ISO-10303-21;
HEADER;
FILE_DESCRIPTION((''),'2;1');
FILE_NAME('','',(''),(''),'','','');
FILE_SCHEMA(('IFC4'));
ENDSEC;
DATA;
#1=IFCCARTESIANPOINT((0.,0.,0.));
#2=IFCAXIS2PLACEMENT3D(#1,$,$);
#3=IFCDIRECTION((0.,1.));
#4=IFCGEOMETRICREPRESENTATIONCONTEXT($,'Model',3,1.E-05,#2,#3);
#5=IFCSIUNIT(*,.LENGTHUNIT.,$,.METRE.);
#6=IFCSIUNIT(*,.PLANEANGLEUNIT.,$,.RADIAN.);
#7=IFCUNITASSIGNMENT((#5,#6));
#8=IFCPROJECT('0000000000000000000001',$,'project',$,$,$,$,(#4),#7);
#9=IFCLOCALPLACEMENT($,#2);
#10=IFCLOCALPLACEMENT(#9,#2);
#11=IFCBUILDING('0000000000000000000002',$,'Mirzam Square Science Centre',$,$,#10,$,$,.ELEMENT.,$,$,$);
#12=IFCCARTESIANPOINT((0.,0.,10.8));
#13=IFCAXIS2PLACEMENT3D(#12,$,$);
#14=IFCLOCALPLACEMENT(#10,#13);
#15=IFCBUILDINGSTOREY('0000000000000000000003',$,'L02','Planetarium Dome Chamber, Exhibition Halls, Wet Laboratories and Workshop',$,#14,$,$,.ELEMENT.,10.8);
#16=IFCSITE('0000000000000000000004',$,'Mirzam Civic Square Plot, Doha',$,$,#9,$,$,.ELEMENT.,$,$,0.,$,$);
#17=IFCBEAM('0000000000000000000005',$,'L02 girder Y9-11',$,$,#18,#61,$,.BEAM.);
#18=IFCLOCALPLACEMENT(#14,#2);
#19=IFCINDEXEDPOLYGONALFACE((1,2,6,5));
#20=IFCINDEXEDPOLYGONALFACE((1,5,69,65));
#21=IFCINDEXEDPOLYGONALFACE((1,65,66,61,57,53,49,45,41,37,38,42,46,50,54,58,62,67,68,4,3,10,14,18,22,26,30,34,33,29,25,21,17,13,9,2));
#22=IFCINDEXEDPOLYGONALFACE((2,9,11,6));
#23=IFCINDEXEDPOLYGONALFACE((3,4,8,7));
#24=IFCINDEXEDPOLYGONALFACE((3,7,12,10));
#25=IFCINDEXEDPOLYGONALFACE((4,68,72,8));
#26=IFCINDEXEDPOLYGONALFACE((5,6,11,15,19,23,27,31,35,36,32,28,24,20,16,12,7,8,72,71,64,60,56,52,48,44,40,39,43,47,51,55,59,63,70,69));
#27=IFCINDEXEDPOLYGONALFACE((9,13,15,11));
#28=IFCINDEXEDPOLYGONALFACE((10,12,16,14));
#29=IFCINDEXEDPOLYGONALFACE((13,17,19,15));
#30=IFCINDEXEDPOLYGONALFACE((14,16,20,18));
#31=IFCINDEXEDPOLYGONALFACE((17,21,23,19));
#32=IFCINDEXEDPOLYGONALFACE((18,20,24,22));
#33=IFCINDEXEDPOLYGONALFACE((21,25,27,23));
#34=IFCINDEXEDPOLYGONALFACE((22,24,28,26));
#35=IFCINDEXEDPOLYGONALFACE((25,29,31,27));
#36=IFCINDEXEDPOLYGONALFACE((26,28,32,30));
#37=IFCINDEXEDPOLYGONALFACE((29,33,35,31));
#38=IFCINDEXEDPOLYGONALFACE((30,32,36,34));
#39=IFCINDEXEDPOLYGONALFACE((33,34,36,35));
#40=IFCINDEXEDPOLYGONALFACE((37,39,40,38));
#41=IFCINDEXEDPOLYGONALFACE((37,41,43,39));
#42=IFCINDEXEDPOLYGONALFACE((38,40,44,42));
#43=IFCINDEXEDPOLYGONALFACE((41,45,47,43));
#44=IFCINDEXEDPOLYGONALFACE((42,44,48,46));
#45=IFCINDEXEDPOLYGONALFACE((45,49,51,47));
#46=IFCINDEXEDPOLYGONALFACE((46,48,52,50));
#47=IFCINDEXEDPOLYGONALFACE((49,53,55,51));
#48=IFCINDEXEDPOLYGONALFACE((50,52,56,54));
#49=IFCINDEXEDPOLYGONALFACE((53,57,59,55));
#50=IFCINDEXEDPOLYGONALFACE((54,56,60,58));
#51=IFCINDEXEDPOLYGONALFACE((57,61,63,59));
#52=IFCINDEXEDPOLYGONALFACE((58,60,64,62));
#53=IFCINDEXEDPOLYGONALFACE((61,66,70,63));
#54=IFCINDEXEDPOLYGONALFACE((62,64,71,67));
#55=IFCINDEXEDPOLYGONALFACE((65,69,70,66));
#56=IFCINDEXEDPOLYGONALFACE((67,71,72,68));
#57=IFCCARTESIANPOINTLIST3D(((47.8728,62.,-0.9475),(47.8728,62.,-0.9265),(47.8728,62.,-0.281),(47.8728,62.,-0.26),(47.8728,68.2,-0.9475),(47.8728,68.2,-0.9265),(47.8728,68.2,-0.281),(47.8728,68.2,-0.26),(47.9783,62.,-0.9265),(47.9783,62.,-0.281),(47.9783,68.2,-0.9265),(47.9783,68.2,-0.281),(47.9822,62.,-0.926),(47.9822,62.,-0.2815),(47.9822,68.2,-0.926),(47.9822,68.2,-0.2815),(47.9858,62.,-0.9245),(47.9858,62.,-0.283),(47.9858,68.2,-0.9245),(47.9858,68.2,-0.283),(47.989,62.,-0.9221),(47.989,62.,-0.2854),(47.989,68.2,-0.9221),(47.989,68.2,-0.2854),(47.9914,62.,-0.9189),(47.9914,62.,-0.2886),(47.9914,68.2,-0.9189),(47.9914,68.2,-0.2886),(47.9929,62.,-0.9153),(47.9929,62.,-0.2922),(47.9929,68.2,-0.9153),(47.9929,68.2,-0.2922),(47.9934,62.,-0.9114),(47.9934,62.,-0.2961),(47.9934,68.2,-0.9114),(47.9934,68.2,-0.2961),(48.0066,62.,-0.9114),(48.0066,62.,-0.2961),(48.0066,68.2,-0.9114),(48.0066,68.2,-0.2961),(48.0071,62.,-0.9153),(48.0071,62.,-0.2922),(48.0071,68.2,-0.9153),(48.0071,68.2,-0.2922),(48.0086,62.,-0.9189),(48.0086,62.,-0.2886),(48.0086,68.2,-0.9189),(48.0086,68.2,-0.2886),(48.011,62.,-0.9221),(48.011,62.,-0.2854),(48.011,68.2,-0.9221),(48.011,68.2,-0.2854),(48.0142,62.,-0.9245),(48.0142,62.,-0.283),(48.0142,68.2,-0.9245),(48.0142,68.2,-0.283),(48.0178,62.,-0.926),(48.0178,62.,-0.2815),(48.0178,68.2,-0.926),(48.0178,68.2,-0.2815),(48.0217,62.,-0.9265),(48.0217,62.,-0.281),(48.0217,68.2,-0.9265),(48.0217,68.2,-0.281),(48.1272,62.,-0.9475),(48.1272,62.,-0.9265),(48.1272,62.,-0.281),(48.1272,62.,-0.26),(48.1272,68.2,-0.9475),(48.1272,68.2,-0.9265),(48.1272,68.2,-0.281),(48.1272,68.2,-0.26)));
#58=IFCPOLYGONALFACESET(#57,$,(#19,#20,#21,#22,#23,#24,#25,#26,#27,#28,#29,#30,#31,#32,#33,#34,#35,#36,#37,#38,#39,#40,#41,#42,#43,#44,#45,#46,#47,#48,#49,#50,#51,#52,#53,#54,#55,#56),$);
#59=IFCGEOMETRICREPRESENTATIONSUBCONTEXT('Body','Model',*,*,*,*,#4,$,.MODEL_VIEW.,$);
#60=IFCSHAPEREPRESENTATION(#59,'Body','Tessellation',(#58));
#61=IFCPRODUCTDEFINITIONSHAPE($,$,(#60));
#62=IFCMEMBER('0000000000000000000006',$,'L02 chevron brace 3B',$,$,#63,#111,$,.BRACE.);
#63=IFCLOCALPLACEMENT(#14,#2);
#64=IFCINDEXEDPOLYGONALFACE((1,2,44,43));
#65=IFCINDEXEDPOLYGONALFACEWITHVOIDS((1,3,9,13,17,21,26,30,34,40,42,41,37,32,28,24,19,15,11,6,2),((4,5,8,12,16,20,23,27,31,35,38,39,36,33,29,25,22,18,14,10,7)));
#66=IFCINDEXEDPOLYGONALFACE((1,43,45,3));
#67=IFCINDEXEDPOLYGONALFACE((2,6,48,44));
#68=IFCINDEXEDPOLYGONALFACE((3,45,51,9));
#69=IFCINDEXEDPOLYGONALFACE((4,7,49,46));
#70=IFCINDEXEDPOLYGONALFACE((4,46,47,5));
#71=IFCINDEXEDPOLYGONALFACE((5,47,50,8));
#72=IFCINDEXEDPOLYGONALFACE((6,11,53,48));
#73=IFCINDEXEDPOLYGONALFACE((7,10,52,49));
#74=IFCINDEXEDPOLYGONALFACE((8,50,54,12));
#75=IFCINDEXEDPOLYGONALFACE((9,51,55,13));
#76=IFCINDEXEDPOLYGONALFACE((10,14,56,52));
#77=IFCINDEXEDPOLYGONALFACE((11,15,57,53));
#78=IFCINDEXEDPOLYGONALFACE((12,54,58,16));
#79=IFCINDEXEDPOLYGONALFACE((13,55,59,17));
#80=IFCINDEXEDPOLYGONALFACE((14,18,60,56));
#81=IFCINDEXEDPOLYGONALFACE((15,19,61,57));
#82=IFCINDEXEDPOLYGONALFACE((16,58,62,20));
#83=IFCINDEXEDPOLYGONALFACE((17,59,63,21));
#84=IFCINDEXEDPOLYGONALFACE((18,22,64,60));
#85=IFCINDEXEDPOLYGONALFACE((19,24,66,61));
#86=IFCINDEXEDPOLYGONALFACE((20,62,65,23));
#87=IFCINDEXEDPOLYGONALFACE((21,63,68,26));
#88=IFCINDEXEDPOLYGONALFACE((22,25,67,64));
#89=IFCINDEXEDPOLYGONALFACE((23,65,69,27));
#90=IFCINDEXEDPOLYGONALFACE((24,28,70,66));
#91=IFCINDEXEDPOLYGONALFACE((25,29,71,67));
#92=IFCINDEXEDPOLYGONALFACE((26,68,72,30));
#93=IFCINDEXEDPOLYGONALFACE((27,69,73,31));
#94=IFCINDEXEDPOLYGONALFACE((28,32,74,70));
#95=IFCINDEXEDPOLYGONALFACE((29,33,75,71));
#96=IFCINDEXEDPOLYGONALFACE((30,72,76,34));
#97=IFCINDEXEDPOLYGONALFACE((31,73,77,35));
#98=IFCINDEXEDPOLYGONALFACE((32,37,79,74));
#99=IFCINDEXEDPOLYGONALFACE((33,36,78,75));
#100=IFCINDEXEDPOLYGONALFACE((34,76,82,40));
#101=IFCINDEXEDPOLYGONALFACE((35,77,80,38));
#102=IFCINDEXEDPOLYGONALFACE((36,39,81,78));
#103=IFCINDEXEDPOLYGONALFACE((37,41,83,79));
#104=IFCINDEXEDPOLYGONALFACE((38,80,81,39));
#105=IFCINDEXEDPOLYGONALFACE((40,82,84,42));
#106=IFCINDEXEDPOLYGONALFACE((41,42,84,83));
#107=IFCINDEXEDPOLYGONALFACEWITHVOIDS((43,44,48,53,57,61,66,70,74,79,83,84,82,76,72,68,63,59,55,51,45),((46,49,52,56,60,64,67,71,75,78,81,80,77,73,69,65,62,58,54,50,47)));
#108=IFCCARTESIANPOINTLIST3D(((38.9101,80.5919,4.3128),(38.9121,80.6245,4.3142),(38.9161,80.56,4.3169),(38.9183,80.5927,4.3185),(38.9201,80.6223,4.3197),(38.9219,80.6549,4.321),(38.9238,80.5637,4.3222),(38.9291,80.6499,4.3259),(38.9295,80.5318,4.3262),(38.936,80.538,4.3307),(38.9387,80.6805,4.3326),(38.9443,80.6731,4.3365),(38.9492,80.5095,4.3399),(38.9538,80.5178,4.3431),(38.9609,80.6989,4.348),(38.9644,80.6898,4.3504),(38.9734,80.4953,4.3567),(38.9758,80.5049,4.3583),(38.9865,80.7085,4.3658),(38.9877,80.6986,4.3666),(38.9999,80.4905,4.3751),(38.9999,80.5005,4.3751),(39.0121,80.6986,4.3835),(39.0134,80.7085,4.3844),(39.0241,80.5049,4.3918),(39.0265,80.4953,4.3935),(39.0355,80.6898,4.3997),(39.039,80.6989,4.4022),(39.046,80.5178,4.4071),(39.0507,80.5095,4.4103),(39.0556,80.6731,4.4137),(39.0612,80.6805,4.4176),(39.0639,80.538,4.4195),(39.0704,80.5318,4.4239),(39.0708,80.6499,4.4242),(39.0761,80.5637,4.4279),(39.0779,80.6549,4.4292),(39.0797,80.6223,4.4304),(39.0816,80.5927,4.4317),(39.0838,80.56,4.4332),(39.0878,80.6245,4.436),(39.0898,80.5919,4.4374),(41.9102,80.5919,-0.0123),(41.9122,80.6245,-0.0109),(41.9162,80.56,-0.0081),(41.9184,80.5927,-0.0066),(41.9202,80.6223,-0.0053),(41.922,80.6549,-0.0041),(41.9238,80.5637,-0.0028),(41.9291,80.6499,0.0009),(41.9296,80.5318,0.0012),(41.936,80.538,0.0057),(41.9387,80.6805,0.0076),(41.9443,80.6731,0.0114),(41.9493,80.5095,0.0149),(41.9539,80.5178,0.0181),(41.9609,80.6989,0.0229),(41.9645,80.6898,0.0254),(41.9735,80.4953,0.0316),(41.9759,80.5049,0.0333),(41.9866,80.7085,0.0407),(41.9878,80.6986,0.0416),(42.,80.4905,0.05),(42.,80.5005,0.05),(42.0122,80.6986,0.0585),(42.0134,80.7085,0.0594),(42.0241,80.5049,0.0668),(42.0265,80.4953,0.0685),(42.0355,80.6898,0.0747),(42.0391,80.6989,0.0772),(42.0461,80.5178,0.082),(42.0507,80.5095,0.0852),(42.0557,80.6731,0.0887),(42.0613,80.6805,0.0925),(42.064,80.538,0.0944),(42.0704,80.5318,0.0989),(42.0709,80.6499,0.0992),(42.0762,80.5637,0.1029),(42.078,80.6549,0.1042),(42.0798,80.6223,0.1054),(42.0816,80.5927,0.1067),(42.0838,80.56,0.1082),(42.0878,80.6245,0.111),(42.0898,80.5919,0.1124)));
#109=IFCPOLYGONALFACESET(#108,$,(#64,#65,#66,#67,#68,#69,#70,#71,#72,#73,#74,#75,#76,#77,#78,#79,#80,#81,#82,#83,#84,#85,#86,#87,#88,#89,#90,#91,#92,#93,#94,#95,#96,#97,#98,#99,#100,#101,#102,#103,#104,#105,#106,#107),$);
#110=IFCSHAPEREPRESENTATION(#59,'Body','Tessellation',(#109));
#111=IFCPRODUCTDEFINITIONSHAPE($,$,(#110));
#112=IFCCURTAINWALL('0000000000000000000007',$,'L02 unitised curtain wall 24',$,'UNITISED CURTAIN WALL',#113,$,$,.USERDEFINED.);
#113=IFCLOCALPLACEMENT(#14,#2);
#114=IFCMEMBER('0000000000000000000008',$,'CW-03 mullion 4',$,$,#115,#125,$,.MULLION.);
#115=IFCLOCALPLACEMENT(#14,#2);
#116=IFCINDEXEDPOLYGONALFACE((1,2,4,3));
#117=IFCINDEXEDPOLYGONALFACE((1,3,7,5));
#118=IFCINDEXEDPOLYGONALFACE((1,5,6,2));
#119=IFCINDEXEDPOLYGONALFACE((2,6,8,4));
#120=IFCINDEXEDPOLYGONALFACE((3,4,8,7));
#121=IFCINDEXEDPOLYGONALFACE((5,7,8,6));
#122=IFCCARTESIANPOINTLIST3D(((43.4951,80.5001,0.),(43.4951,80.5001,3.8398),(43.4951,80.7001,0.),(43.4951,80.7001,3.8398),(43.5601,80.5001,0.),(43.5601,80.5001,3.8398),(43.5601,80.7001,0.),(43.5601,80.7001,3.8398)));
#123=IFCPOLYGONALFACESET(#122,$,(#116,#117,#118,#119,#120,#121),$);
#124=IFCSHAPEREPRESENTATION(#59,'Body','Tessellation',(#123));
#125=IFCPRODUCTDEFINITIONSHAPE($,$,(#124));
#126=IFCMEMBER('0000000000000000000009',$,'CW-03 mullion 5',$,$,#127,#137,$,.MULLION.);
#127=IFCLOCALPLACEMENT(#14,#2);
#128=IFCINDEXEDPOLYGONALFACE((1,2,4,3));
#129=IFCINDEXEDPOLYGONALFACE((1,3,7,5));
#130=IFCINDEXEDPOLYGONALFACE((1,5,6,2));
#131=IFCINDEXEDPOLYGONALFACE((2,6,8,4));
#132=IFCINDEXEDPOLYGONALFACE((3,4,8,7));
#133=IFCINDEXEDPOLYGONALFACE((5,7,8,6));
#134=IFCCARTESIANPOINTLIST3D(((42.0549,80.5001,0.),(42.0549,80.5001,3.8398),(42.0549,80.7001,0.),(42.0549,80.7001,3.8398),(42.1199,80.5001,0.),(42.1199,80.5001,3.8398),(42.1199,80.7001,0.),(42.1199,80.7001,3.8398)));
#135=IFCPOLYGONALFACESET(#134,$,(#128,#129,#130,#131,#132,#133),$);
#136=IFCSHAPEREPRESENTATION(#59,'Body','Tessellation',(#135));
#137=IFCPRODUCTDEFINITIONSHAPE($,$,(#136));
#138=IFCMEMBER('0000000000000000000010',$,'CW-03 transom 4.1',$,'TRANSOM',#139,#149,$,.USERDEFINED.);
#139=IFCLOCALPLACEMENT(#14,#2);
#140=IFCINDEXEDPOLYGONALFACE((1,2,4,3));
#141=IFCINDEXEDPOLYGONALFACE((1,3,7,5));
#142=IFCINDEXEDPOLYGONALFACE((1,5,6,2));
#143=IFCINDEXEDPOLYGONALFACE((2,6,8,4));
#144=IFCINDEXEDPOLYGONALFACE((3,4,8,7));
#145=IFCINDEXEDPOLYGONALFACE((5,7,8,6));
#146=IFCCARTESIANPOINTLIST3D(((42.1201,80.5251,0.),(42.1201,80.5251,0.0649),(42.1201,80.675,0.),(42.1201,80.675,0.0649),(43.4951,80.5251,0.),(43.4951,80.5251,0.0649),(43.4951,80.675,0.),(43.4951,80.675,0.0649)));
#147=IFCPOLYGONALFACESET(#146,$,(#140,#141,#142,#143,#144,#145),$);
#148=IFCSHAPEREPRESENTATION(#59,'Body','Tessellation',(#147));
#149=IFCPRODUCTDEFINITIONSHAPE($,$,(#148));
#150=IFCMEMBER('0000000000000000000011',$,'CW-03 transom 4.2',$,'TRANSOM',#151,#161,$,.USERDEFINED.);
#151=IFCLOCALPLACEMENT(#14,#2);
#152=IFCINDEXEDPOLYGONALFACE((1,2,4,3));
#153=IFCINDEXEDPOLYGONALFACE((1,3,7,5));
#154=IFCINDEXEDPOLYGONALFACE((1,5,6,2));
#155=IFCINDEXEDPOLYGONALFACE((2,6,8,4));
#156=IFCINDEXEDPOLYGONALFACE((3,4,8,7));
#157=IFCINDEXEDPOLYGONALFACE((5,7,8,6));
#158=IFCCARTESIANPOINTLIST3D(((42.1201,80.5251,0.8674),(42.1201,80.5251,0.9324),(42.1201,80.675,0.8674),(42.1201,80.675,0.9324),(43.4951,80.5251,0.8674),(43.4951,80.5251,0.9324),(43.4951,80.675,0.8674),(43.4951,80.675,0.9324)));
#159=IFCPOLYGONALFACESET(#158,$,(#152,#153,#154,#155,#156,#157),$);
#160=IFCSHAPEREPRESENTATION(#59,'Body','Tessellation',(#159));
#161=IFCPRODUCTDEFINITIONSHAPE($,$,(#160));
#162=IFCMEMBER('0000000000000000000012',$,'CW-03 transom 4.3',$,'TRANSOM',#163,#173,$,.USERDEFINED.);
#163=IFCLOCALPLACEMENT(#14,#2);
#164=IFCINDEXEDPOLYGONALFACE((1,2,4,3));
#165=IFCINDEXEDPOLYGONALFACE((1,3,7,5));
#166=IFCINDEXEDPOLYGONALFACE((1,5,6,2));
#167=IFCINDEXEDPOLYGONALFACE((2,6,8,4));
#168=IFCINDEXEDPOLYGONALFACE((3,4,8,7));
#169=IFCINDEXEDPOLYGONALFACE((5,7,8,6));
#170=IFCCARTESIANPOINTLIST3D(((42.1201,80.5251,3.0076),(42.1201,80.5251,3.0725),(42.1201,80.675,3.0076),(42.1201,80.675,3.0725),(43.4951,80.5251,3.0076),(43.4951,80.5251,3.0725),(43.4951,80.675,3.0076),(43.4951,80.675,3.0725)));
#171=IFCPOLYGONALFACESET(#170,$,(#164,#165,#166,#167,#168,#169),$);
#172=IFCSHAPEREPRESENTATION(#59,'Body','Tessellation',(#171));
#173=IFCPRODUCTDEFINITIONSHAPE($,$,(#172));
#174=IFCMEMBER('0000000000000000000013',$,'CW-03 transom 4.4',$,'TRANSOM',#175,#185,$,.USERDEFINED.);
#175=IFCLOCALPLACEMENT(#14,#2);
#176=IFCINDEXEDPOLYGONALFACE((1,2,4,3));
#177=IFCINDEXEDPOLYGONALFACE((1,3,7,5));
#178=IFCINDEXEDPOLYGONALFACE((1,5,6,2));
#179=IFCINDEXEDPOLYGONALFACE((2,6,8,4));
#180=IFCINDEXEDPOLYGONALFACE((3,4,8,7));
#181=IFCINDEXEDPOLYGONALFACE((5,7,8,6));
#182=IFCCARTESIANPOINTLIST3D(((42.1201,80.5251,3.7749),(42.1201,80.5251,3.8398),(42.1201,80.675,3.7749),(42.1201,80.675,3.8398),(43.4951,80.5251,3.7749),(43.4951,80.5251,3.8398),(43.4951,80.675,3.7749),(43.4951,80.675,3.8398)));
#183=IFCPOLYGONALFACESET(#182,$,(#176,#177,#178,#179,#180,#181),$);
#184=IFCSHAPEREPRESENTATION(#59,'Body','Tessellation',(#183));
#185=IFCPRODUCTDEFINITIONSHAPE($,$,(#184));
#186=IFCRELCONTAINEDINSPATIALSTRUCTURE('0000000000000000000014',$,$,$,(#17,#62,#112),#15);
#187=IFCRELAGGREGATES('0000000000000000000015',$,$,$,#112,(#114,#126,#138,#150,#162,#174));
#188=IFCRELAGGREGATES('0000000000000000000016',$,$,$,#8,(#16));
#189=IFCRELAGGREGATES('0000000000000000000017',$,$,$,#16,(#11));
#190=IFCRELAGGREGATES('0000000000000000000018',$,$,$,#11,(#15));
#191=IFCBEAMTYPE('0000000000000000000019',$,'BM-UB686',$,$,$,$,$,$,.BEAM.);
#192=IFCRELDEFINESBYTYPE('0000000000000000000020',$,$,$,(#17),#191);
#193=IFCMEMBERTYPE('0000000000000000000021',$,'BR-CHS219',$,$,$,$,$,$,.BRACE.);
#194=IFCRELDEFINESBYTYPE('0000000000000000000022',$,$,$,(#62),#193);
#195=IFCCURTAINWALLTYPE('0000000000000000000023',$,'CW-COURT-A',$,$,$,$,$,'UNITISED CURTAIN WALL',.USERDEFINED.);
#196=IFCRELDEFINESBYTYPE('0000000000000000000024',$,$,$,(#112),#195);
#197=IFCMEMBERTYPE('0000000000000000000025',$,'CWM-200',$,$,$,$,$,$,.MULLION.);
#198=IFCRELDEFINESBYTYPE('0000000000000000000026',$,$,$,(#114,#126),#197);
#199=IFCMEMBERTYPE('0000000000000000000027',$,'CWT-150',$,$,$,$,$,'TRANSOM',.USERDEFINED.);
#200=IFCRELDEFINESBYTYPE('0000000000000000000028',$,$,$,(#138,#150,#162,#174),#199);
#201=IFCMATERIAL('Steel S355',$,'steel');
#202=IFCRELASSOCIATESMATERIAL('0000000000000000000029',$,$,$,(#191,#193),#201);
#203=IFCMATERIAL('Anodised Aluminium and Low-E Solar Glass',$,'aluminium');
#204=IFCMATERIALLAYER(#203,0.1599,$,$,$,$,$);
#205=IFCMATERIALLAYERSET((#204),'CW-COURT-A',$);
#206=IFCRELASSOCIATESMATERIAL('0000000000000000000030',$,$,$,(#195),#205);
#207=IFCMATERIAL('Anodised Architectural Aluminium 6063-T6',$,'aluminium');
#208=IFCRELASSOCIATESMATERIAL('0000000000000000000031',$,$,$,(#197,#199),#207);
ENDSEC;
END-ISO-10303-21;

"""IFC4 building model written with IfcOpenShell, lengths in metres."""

from ifc_helpers import new_model, si_unit, direction, frame, origin, origin_2d, place, context, subcontext, project, spatial, rectangle, hollow_circle, i_section, extrude, material, layer, layer_set, material_profile, profile_set, type_object, element, aggregate, save


model = new_model("IFC4")

# Units and contexts
model_context = context("Model", 3, precision=1e-05, world=origin(), true_north=direction((0.0, 1.0)))
body_context = subcontext(model_context, "Body", "Model", "MODEL_VIEW")
ifc_project = project(units=[si_unit("LENGTHUNIT", "METRE"), si_unit("PLANEANGLEUNIT", "RADIAN")], contexts=[model_context])

# Site, building, storey
site_placement = place(None, origin())
site = spatial("IfcSite", under=ifc_project, at=site_placement, Name="Mirzam Civic Square Plot, Doha", CompositionType="ELEMENT", RefElevation=0.0)
building_placement = place(site_placement, origin())
building = spatial("IfcBuilding", under=site, at=building_placement, Name="Mirzam Square Science Centre", CompositionType="ELEMENT")
storey_placement = place(building_placement, frame((0.0, 0.0, 10.8)))
storey = spatial("IfcBuildingStorey", under=building, at=storey_placement, Name="L02", Description="Planetarium Dome Chamber, Exhibition Halls, Wet Laboratories and Workshop", CompositionType="ELEMENT", Elevation=10.8)

# Shared definitions
ifc_material_1 = material(Name="Steel S355", Category="steel")

# Beam
ifc_material_profile_1 = material_profile(ifc_material_1, i_section(OverallWidth=0.2544, OverallDepth=0.6875, WebThickness=0.0132, FlangeThickness=0.021, FilletRadius=0.0151, at=origin_2d()), Name="686x254x152UB")
ifc_profile_set_1 = profile_set([ifc_material_profile_1], Name="Steel S355")
beam_type_1 = type_object("IfcBeamType", Name="BM-UB686", PredefinedType="BEAM", material=ifc_profile_set_1)
for number, where, z_axis, x_axis, name in (
    (1, (48.0, 62.0, -0.6038), (0.0, 1.0, 0.0), (-1.0, 0.0, 0.0), "L02 girder Y9-11"),
):
    element("IfcBeam", number, at=place(storey_placement, frame(where, z_axis=z_axis, x_axis=x_axis)), inside=storey, type_object=beam_type_1, Name=name, PredefinedType="BEAM", context=body_context, shape_type="SweptSolid", body=[
        extrude(i_section(OverallWidth=0.2544, OverallDepth=0.6875, WebThickness=0.0132, FlangeThickness=0.021, FilletRadius=0.0151, at=origin_2d()), origin(), (0.0, 0.0, 1.0), 6.2),
    ])

# Member
ifc_material_profile_2 = material_profile(ifc_material_1, hollow_circle(Radius=0.1096, WallThickness=0.01, at=origin_2d()), Name="219.1x10.0CHS")
ifc_profile_set_2 = profile_set([ifc_material_profile_2], Name="Steel S355")
member_type_1 = type_object("IfcMemberType", Name="BR-CHS219", PredefinedType="BRACE", material=ifc_profile_set_2)
member_1_placement = place(storey_placement, frame((42.0, 80.6001, 0.05), z_axis=(-0.569955, 0.0, 0.821676), x_axis=(0.0, -1.0, 0.0)))
element("IfcMember", 2, at=member_1_placement, inside=storey, type_object=member_type_1, Name="L02 chevron brace 3B", PredefinedType="BRACE", context=body_context, shape_type="SweptSolid", body=[
    extrude(hollow_circle(Radius=0.1096, WallThickness=0.01, at=origin_2d()), origin(), (0.0, 0.0, 1.0), 5.2637),
])

# Curtain wall, members
ifc_material_2 = material(Name="Anodised Aluminium and Low-E Solar Glass", Category="aluminium")
ifc_layer_1 = layer(ifc_material_2, 0.1599)
ifc_layer_set_1 = layer_set([ifc_layer_1], Name="CW-COURT-A")
curtain_wall_type = type_object("IfcCurtainWallType", Name="CW-COURT-A", ElementType="UNITISED CURTAIN WALL", PredefinedType="USERDEFINED", material=ifc_layer_set_1)
curtain_wall_placement = place(storey_placement, origin())
curtain_wall = element("IfcCurtainWall", 3, at=curtain_wall_placement, inside=storey, type_object=curtain_wall_type, Name="L02 unitised curtain wall 24", ObjectType="UNITISED CURTAIN WALL", PredefinedType="USERDEFINED")
ifc_material_3 = material(Name="Anodised Architectural Aluminium 6063-T6", Category="aluminium")
ifc_material_profile_3 = material_profile(ifc_material_3, rectangle(XDim=0.0649, YDim=0.2, at=origin_2d()), Name="ALU-MULL-200x65x5")
ifc_profile_set_3 = profile_set([ifc_material_profile_3], Name="Anodised Architectural Aluminium 6063-T6")
member_type_2 = type_object("IfcMemberType", Name="CWM-200", PredefinedType="MULLION", material=ifc_profile_set_3)
member_2_placement = place(storey_placement, frame((43.5276, 80.6001, 0.0), z_axis=(0.0, 0.0, 1.0), x_axis=(-1.0, 0.0, 0.0)))
member_2 = element("IfcMember", 4, at=member_2_placement, type_object=member_type_2, Name="CW-03 mullion 4", PredefinedType="MULLION", context=body_context, shape_type="SweptSolid", body=[
    extrude(rectangle(XDim=0.0649, YDim=0.2, at=origin_2d()), origin(), (0.0, 0.0, 1.0), 3.8398),
])
member_3_placement = place(storey_placement, frame((42.0874, 80.6001, 0.0), z_axis=(0.0, 0.0, 1.0), x_axis=(-1.0, 0.0, 0.0)))
member_3 = element("IfcMember", 5, at=member_3_placement, type_object=member_type_2, Name="CW-03 mullion 5", PredefinedType="MULLION", context=body_context, shape_type="SweptSolid", body=[
    extrude(rectangle(XDim=0.0649, YDim=0.2, at=origin_2d()), origin(), (0.0, 0.0, 1.0), 3.8398),
])
ifc_material_profile_4 = material_profile(ifc_material_3, rectangle(XDim=0.1499, YDim=0.0649, at=origin_2d()), Name="ALU-TRAN-150x65x4")
ifc_profile_set_4 = profile_set([ifc_material_profile_4], Name="Anodised Architectural Aluminium 6063-T6")
member_type_3 = type_object("IfcMemberType", Name="CWT-150", ElementType="TRANSOM", PredefinedType="USERDEFINED", material=ifc_profile_set_4)
member_4_placement = place(storey_placement, frame((43.4951, 80.6001, 0.0325), z_axis=(-1.0, 0.0, 0.0), x_axis=(0.0, -1.0, 0.0)))
member_4 = element("IfcMember", 6, at=member_4_placement, type_object=member_type_3, Name="CW-03 transom 4.1", ObjectType="TRANSOM", PredefinedType="USERDEFINED", context=body_context, shape_type="SweptSolid", body=[
    extrude(rectangle(XDim=0.1499, YDim=0.0649, at=origin_2d()), origin(), (0.0, 0.0, 1.0), 1.375),
])
member_5_placement = place(storey_placement, frame((43.4951, 80.6001, 0.8999), z_axis=(-1.0, 0.0, 0.0), x_axis=(0.0, -1.0, 0.0)))
member_5 = element("IfcMember", 7, at=member_5_placement, type_object=member_type_3, Name="CW-03 transom 4.2", ObjectType="TRANSOM", PredefinedType="USERDEFINED", context=body_context, shape_type="SweptSolid", body=[
    extrude(rectangle(XDim=0.1499, YDim=0.0649, at=origin_2d()), origin(), (0.0, 0.0, 1.0), 1.375),
])
member_6_placement = place(storey_placement, frame((43.4951, 80.6001, 3.04), z_axis=(-1.0, 0.0, 0.0), x_axis=(0.0, -1.0, 0.0)))
member_6 = element("IfcMember", 8, at=member_6_placement, type_object=member_type_3, Name="CW-03 transom 4.3", ObjectType="TRANSOM", PredefinedType="USERDEFINED", context=body_context, shape_type="SweptSolid", body=[
    extrude(rectangle(XDim=0.1499, YDim=0.0649, at=origin_2d()), origin(), (0.0, 0.0, 1.0), 1.375),
])
member_7_placement = place(storey_placement, frame((43.4951, 80.6001, 3.8074), z_axis=(-1.0, 0.0, 0.0), x_axis=(0.0, -1.0, 0.0)))
member_7 = element("IfcMember", 9, at=member_7_placement, type_object=member_type_3, Name="CW-03 transom 4.4", ObjectType="TRANSOM", PredefinedType="USERDEFINED", context=body_context, shape_type="SweptSolid", body=[
    extrude(rectangle(XDim=0.1499, YDim=0.0649, at=origin_2d()), origin(), (0.0, 0.0, 1.0), 1.375),
])

aggregate(curtain_wall, [member_2, member_3, member_4, member_5, member_6, member_7])

save(model, "model.ifc")
